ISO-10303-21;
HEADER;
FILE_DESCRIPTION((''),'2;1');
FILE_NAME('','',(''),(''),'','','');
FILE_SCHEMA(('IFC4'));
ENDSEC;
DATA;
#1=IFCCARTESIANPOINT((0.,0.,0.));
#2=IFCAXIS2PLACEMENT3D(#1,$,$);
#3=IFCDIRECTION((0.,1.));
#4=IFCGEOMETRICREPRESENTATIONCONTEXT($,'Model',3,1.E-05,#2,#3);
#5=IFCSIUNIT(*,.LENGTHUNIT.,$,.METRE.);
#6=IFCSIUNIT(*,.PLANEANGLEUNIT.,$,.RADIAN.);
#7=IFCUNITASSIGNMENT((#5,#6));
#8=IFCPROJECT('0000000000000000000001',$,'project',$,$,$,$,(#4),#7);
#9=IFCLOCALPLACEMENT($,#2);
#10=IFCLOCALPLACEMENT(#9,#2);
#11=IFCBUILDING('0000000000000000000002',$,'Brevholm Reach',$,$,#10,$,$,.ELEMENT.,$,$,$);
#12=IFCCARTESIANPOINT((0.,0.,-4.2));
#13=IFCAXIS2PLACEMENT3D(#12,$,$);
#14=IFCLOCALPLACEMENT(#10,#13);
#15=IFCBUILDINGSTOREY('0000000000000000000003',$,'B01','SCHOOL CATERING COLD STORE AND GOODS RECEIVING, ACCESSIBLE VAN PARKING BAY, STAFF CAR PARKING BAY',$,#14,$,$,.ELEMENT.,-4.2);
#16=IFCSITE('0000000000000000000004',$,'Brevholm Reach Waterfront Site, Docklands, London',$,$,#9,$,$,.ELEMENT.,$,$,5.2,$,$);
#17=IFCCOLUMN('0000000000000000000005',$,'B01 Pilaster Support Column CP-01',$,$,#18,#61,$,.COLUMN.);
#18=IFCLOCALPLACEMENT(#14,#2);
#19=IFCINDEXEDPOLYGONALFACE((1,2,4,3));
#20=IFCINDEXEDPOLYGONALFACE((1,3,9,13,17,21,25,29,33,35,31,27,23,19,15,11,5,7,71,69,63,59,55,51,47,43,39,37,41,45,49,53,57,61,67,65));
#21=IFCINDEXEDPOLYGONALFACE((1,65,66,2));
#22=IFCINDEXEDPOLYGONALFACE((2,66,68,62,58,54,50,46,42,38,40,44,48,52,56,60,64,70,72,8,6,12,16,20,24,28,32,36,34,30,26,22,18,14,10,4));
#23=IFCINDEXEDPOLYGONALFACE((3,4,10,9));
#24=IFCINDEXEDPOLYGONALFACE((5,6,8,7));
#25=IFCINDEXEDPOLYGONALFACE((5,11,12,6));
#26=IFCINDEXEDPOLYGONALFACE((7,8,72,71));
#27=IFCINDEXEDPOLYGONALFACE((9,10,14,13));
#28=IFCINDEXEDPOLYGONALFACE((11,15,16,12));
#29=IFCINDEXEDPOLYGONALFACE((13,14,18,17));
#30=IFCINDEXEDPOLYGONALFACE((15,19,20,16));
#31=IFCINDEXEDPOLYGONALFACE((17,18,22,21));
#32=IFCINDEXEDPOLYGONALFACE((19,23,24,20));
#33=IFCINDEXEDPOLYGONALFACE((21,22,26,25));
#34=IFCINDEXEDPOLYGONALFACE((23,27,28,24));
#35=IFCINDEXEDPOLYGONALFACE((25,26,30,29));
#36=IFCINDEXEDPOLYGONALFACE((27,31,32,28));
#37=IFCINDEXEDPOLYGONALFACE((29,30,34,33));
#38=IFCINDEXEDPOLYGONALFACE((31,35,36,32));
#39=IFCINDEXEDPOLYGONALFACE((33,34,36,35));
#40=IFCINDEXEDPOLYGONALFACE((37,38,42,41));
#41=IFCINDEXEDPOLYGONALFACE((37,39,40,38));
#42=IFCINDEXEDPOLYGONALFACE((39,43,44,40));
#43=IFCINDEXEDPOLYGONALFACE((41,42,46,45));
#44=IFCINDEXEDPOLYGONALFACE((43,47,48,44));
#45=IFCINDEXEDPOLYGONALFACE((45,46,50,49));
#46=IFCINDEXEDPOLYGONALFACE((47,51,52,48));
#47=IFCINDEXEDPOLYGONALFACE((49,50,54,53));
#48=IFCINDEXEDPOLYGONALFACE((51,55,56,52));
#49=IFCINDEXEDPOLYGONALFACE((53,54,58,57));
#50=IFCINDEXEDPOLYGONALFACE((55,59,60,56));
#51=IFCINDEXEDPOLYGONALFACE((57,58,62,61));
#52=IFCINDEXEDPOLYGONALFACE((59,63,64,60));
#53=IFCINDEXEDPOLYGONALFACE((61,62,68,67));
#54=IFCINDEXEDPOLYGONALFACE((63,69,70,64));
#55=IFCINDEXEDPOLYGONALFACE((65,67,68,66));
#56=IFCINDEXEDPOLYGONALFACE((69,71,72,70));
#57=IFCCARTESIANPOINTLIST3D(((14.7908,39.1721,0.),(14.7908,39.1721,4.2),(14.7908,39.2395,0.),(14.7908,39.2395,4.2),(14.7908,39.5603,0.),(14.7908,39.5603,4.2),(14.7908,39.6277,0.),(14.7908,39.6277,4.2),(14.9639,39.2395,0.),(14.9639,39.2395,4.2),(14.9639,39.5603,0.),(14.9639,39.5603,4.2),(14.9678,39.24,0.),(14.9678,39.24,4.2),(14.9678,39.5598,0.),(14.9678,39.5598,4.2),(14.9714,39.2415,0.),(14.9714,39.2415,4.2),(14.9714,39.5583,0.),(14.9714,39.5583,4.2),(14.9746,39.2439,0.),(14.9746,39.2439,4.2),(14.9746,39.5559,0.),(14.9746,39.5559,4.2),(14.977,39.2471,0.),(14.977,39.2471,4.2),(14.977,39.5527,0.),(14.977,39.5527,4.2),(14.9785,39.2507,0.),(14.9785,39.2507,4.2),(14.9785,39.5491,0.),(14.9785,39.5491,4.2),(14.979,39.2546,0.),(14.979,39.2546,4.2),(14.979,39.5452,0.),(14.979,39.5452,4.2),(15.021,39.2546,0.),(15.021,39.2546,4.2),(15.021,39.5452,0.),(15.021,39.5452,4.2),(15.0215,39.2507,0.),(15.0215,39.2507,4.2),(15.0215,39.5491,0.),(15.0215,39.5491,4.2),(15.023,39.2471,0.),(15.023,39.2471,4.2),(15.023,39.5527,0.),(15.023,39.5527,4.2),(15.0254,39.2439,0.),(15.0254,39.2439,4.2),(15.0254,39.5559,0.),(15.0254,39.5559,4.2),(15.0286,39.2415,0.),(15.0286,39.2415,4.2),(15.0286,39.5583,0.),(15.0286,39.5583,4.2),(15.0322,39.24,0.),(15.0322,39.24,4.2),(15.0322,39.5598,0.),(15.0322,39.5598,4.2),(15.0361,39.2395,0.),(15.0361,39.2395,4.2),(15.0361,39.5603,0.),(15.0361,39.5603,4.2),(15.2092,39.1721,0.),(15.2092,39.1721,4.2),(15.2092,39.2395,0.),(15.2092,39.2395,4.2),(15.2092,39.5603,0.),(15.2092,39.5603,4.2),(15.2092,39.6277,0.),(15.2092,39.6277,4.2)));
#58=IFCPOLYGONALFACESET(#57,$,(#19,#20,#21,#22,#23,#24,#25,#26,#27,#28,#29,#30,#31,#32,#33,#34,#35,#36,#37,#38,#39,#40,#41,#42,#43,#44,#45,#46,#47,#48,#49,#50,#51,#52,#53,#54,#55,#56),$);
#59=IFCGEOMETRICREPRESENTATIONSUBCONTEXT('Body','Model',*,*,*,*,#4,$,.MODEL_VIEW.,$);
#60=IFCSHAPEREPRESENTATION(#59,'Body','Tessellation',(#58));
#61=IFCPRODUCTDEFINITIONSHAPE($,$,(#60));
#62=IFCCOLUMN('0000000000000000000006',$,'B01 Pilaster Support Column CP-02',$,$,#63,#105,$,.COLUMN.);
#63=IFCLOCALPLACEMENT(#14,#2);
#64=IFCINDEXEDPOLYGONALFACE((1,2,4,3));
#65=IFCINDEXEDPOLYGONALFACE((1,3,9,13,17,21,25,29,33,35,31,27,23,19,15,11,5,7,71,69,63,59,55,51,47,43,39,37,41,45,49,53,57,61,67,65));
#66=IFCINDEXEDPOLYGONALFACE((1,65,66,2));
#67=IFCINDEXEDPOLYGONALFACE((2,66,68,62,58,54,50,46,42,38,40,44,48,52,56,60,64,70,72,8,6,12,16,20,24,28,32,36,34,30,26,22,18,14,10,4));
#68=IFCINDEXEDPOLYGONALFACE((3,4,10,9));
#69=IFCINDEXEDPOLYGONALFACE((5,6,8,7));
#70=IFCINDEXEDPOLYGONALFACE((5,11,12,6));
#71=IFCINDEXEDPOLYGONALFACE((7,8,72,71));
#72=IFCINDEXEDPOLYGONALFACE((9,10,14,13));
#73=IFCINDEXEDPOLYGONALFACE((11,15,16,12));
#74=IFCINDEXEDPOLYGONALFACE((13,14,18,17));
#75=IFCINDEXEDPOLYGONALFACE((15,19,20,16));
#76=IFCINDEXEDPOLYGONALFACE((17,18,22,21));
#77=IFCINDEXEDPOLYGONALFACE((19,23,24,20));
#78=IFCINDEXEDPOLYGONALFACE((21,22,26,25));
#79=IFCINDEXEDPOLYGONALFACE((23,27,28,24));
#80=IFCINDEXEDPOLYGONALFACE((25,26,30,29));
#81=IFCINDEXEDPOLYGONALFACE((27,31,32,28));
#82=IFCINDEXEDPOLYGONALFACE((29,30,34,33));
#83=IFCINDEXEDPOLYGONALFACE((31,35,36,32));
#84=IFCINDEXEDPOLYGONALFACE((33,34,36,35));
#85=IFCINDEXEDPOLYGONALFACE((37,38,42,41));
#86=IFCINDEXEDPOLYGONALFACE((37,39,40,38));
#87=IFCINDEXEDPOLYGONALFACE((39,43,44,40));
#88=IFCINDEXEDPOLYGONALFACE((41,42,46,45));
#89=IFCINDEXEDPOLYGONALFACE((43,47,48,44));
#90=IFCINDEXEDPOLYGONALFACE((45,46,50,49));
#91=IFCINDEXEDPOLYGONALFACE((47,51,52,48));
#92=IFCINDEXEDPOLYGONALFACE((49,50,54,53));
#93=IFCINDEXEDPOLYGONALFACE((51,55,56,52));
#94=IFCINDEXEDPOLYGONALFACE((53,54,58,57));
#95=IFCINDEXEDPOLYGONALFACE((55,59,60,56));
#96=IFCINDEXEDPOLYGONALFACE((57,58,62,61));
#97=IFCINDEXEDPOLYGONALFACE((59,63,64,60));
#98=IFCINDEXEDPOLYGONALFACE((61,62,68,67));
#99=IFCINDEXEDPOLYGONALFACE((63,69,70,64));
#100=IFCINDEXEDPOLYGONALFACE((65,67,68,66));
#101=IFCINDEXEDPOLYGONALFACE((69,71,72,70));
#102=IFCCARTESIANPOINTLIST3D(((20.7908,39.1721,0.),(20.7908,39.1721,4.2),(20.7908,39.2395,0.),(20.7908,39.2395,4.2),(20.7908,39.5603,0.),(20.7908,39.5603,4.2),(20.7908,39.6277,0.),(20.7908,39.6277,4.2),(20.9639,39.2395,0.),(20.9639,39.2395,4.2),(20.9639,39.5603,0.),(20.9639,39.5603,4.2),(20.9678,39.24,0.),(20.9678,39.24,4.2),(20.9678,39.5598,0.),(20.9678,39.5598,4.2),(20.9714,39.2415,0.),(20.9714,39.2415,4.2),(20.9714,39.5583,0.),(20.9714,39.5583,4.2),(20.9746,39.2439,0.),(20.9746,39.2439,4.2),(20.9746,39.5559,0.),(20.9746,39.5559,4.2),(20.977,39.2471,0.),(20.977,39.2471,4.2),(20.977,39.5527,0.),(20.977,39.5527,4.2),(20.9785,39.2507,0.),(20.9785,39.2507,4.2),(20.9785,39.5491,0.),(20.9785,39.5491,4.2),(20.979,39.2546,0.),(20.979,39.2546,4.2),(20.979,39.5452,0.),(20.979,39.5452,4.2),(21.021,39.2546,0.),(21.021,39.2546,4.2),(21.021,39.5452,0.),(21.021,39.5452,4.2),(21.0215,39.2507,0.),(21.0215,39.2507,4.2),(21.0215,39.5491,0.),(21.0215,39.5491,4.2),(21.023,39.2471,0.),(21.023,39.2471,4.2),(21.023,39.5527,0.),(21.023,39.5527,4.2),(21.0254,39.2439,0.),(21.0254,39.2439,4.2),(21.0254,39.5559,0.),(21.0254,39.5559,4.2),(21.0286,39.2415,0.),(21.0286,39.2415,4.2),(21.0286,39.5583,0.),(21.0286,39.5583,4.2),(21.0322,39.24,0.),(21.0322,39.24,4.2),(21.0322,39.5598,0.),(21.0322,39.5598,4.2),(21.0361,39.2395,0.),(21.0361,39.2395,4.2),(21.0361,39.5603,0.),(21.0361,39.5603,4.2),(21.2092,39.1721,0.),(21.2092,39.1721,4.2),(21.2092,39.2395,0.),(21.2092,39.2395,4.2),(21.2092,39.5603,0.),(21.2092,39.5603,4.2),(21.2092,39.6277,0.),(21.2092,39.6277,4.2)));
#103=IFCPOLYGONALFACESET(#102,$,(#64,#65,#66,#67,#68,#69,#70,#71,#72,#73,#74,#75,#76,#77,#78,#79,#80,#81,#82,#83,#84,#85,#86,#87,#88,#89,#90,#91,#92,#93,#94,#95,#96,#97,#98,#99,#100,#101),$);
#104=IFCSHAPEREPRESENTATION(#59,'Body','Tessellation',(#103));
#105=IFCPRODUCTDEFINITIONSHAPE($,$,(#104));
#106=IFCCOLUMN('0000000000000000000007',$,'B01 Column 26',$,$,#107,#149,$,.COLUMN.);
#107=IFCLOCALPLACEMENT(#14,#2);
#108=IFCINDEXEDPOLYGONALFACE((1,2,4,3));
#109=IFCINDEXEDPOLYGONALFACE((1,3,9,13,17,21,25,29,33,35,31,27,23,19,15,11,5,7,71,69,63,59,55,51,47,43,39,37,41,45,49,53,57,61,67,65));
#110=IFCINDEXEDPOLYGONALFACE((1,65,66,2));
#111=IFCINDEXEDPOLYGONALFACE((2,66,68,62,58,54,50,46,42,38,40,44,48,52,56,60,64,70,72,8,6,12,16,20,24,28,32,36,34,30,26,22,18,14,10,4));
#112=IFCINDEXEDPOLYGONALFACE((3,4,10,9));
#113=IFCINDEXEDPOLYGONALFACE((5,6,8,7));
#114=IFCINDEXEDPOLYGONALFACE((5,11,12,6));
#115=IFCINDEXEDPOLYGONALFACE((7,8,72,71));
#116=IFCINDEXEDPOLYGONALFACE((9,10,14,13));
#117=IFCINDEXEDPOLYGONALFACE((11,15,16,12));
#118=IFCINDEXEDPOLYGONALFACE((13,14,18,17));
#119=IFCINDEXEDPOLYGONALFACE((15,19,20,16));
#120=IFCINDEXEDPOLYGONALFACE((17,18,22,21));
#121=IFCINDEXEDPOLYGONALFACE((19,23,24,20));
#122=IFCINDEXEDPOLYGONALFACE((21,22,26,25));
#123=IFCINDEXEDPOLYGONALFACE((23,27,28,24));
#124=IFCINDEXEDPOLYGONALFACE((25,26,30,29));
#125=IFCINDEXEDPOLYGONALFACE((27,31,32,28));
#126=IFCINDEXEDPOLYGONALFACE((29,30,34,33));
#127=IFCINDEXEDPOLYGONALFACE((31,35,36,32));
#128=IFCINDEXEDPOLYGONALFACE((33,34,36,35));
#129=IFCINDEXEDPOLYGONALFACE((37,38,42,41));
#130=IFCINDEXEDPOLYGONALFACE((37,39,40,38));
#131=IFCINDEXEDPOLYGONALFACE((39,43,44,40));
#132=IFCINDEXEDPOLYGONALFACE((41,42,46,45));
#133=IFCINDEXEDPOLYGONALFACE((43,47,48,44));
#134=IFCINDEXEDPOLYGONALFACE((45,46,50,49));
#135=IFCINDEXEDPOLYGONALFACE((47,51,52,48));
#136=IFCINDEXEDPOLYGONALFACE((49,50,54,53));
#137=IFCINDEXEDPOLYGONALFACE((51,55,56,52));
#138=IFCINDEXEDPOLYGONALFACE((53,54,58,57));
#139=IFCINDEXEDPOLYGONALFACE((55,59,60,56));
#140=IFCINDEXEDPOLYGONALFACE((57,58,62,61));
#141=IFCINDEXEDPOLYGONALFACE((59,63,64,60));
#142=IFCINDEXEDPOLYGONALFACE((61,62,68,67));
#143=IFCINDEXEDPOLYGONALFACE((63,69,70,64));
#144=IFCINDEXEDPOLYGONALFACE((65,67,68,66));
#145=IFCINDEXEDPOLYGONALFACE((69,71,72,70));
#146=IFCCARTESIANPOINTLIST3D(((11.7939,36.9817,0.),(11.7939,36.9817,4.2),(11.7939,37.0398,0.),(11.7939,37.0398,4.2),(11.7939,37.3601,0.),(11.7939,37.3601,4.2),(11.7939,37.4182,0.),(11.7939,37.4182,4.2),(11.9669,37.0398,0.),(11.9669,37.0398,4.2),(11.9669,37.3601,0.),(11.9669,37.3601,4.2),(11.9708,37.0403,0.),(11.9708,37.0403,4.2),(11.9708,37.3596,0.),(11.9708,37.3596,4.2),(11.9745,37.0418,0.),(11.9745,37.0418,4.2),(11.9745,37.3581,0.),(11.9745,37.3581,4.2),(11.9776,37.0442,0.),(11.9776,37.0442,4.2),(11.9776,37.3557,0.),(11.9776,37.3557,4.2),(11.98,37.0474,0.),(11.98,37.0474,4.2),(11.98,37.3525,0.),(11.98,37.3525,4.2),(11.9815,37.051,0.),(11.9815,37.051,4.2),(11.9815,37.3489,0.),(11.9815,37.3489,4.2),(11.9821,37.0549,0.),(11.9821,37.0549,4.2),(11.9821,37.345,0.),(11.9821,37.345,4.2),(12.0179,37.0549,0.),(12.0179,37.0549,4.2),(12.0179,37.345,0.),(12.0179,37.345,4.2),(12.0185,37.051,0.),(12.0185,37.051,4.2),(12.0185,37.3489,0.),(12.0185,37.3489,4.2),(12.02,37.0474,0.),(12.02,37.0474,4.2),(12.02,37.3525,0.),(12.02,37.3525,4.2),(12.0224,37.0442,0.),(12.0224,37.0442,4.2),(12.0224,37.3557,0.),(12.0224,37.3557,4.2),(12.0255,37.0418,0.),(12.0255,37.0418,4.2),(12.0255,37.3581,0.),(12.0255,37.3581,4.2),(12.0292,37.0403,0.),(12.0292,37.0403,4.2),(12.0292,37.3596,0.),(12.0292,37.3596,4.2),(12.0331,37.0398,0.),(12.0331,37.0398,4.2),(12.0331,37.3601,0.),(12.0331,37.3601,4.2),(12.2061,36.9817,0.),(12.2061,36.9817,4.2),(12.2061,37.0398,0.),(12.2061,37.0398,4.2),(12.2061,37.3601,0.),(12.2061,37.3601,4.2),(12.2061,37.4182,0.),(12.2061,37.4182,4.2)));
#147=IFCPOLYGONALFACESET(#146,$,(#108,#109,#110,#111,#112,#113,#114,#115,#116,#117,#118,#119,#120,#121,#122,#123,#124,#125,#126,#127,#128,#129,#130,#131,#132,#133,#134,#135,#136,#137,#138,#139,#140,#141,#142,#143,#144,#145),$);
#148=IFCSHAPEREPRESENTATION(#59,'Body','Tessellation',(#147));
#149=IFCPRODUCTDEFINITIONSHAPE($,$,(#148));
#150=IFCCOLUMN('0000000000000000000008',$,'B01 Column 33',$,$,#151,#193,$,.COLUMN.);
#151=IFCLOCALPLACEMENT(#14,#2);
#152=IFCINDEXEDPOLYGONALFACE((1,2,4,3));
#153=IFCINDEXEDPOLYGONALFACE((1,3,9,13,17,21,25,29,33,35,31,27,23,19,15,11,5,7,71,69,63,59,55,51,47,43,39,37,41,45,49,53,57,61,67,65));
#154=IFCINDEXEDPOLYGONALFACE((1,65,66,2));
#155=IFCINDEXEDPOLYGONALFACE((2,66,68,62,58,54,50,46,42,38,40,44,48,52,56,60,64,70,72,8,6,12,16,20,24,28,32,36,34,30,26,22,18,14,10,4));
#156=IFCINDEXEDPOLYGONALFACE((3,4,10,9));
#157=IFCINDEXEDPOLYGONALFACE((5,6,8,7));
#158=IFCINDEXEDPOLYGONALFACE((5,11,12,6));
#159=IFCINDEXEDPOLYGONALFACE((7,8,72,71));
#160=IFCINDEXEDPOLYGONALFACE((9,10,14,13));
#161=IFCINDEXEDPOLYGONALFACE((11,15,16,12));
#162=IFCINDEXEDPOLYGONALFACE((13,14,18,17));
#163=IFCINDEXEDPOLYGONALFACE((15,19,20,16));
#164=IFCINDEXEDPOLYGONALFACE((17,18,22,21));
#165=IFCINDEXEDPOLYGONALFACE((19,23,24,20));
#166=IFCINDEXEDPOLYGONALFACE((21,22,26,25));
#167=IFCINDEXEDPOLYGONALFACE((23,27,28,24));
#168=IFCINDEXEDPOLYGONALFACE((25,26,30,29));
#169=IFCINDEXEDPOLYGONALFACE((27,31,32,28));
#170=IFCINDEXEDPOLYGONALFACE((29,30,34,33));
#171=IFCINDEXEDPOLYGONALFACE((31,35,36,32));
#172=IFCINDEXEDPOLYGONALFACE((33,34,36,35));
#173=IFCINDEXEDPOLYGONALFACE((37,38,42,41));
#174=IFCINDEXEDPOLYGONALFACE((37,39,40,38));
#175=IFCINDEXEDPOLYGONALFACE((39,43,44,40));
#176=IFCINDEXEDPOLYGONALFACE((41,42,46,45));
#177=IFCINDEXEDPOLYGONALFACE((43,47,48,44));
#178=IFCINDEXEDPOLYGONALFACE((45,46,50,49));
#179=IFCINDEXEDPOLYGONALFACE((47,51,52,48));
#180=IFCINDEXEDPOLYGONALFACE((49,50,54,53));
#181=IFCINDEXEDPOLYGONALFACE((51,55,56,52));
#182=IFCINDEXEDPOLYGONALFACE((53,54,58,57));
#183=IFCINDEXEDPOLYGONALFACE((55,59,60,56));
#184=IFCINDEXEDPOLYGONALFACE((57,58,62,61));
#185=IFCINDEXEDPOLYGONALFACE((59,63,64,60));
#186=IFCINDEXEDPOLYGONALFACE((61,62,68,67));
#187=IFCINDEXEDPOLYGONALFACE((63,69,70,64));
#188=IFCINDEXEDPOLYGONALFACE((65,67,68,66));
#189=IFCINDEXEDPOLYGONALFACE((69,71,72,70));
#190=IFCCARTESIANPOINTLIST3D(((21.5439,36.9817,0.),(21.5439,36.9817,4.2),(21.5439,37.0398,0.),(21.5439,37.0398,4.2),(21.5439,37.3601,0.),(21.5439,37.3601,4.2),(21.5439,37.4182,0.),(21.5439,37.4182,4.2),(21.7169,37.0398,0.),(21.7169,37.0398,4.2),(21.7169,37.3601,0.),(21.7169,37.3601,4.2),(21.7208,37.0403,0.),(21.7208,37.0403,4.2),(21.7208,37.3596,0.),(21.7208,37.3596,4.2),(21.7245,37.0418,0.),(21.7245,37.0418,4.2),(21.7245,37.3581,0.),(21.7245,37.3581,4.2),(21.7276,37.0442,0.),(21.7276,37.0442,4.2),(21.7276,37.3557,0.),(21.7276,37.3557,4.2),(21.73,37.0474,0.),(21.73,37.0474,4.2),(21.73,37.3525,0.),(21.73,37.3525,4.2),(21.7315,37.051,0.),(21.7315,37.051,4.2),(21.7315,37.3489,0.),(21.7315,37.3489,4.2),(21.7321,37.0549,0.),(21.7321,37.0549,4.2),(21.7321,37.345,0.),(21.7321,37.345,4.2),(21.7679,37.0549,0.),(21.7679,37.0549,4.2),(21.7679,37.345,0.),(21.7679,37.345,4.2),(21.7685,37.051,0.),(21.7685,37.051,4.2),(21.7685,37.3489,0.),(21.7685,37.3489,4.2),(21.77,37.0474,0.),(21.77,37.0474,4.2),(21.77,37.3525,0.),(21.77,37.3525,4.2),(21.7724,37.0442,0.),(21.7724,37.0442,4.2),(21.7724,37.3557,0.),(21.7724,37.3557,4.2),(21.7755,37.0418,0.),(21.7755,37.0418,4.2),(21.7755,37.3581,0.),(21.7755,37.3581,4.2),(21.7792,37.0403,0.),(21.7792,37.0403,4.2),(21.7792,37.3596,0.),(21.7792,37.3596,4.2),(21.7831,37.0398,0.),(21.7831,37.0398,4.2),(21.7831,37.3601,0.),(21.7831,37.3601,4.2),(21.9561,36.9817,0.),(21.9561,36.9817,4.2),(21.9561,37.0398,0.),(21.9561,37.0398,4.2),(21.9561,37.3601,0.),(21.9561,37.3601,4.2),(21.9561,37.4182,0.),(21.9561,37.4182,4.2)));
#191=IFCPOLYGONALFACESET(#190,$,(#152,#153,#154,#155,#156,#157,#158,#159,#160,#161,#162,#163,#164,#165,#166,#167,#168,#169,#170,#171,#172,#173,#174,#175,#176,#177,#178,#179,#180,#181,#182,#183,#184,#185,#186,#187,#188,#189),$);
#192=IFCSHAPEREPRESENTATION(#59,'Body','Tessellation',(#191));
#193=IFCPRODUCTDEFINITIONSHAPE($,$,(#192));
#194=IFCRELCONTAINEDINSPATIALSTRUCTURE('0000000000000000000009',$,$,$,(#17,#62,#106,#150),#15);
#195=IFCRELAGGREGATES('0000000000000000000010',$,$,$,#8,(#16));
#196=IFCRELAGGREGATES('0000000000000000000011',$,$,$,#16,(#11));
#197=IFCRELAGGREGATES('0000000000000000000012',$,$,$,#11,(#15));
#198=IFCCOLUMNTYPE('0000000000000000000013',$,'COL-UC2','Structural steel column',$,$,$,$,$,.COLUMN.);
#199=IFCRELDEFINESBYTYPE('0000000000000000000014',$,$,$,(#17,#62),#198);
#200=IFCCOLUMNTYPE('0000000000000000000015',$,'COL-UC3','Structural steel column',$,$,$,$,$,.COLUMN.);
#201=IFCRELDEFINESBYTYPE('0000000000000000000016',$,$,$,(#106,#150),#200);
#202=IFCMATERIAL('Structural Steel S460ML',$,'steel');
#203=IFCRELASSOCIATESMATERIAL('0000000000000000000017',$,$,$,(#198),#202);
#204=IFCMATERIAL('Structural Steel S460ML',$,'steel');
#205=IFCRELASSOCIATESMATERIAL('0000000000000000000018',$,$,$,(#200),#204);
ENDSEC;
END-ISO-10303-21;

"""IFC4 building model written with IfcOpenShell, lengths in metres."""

from ifc_helpers import new_model, si_unit, direction, frame, origin, origin_2d, place, context, subcontext, project, spatial, i_section, extrude, material, material_profile, profile_set, type_object, element, save


model = new_model("IFC4")

# Units and contexts
model_context = context("Model", 3, precision=1e-05, world=origin(), true_north=direction((0.0, 1.0)))
body_context = subcontext(model_context, "Body", "Model", "MODEL_VIEW")
ifc_project = project(units=[si_unit("LENGTHUNIT", "METRE"), si_unit("PLANEANGLEUNIT", "RADIAN")], contexts=[model_context])

# Site, building, storey
site_placement = place(None, origin())
site = spatial("IfcSite", under=ifc_project, at=site_placement, Name="Brevholm Reach Waterfront Site, Docklands, London", CompositionType="ELEMENT", RefElevation=5.2)
building_placement = place(site_placement, origin())
building = spatial("IfcBuilding", under=site, at=building_placement, Name="Brevholm Reach", CompositionType="ELEMENT")
storey_placement = place(building_placement, frame((0.0, 0.0, -4.2)))
storey = spatial("IfcBuildingStorey", under=building, at=storey_placement, Name="B01", Description="SCHOOL CATERING COLD STORE AND GOODS RECEIVING, ACCESSIBLE VAN PARKING BAY, STAFF CAR PARKING BAY", CompositionType="ELEMENT", Elevation=-4.2)

# Columns
ifc_material_1 = material(Name="Structural Steel S460ML", Category="steel")
ifc_material_profile_1 = material_profile(ifc_material_1, i_section(OverallWidth=0.4185, OverallDepth=0.4556, WebThickness=0.042, FlangeThickness=0.0674, FilletRadius=0.0151, at=origin_2d()), Name="UKC 356x406x551")
ifc_profile_set_1 = profile_set([ifc_material_profile_1], Name="Structural Steel S460ML")
column_type_1 = type_object("IfcColumnType", Name="COL-UC2", Description="Structural steel column", PredefinedType="COLUMN", material=ifc_profile_set_1)
for number, where, z_axis, x_axis, name in (
    (1, (15.0, 39.3999, 0.0), (0.0, 0.0, 1.0), (1.0, 0.0, 0.0), "B01 Pilaster Support Column CP-01"),
    (2, (21.0, 39.3999, 0.0), (0.0, 0.0, 1.0), (1.0, 0.0, 0.0), "B01 Pilaster Support Column CP-02"),
):
    element("IfcColumn", number, at=place(storey_placement, frame(where, z_axis=z_axis, x_axis=x_axis)), inside=storey, type_object=column_type_1, Name=name, PredefinedType="COLUMN", context=body_context, shape_type="SweptSolid", body=[
        extrude(i_section(OverallWidth=0.4185, OverallDepth=0.4556, WebThickness=0.042, FlangeThickness=0.0674, FilletRadius=0.0151, at=origin_2d()), origin(), (0.0, 0.0, 1.0), 4.2),
    ])
ifc_material_2 = material(Name="Structural Steel S460ML", Category="steel")
ifc_material_profile_2 = material_profile(ifc_material_2, i_section(OverallWidth=0.4121, OverallDepth=0.4365, WebThickness=0.0359, FlangeThickness=0.0581, FilletRadius=0.0151, at=origin_2d()), Name="UKC 356x406x467")
ifc_profile_set_2 = profile_set([ifc_material_profile_2], Name="Structural Steel S460ML")
column_type_2 = type_object("IfcColumnType", Name="COL-UC3", Description="Structural steel column", PredefinedType="COLUMN", material=ifc_profile_set_2)
for number, where, z_axis, x_axis, name in (
    (3, (12.0, 37.2, 0.0), (0.0, 0.0, 1.0), (1.0, 0.0, 0.0), "B01 Column 26"),
    (4, (21.75, 37.2, 0.0), (0.0, 0.0, 1.0), (1.0, 0.0, 0.0), "B01 Column 33"),
):
    element("IfcColumn", number, at=place(storey_placement, frame(where, z_axis=z_axis, x_axis=x_axis)), inside=storey, type_object=column_type_2, Name=name, PredefinedType="COLUMN", context=body_context, shape_type="SweptSolid", body=[
        extrude(i_section(OverallWidth=0.4121, OverallDepth=0.4365, WebThickness=0.0359, FlangeThickness=0.0581, FilletRadius=0.0151, at=origin_2d()), origin(), (0.0, 0.0, 1.0), 4.2),
    ])

save(model, "model.ifc")
